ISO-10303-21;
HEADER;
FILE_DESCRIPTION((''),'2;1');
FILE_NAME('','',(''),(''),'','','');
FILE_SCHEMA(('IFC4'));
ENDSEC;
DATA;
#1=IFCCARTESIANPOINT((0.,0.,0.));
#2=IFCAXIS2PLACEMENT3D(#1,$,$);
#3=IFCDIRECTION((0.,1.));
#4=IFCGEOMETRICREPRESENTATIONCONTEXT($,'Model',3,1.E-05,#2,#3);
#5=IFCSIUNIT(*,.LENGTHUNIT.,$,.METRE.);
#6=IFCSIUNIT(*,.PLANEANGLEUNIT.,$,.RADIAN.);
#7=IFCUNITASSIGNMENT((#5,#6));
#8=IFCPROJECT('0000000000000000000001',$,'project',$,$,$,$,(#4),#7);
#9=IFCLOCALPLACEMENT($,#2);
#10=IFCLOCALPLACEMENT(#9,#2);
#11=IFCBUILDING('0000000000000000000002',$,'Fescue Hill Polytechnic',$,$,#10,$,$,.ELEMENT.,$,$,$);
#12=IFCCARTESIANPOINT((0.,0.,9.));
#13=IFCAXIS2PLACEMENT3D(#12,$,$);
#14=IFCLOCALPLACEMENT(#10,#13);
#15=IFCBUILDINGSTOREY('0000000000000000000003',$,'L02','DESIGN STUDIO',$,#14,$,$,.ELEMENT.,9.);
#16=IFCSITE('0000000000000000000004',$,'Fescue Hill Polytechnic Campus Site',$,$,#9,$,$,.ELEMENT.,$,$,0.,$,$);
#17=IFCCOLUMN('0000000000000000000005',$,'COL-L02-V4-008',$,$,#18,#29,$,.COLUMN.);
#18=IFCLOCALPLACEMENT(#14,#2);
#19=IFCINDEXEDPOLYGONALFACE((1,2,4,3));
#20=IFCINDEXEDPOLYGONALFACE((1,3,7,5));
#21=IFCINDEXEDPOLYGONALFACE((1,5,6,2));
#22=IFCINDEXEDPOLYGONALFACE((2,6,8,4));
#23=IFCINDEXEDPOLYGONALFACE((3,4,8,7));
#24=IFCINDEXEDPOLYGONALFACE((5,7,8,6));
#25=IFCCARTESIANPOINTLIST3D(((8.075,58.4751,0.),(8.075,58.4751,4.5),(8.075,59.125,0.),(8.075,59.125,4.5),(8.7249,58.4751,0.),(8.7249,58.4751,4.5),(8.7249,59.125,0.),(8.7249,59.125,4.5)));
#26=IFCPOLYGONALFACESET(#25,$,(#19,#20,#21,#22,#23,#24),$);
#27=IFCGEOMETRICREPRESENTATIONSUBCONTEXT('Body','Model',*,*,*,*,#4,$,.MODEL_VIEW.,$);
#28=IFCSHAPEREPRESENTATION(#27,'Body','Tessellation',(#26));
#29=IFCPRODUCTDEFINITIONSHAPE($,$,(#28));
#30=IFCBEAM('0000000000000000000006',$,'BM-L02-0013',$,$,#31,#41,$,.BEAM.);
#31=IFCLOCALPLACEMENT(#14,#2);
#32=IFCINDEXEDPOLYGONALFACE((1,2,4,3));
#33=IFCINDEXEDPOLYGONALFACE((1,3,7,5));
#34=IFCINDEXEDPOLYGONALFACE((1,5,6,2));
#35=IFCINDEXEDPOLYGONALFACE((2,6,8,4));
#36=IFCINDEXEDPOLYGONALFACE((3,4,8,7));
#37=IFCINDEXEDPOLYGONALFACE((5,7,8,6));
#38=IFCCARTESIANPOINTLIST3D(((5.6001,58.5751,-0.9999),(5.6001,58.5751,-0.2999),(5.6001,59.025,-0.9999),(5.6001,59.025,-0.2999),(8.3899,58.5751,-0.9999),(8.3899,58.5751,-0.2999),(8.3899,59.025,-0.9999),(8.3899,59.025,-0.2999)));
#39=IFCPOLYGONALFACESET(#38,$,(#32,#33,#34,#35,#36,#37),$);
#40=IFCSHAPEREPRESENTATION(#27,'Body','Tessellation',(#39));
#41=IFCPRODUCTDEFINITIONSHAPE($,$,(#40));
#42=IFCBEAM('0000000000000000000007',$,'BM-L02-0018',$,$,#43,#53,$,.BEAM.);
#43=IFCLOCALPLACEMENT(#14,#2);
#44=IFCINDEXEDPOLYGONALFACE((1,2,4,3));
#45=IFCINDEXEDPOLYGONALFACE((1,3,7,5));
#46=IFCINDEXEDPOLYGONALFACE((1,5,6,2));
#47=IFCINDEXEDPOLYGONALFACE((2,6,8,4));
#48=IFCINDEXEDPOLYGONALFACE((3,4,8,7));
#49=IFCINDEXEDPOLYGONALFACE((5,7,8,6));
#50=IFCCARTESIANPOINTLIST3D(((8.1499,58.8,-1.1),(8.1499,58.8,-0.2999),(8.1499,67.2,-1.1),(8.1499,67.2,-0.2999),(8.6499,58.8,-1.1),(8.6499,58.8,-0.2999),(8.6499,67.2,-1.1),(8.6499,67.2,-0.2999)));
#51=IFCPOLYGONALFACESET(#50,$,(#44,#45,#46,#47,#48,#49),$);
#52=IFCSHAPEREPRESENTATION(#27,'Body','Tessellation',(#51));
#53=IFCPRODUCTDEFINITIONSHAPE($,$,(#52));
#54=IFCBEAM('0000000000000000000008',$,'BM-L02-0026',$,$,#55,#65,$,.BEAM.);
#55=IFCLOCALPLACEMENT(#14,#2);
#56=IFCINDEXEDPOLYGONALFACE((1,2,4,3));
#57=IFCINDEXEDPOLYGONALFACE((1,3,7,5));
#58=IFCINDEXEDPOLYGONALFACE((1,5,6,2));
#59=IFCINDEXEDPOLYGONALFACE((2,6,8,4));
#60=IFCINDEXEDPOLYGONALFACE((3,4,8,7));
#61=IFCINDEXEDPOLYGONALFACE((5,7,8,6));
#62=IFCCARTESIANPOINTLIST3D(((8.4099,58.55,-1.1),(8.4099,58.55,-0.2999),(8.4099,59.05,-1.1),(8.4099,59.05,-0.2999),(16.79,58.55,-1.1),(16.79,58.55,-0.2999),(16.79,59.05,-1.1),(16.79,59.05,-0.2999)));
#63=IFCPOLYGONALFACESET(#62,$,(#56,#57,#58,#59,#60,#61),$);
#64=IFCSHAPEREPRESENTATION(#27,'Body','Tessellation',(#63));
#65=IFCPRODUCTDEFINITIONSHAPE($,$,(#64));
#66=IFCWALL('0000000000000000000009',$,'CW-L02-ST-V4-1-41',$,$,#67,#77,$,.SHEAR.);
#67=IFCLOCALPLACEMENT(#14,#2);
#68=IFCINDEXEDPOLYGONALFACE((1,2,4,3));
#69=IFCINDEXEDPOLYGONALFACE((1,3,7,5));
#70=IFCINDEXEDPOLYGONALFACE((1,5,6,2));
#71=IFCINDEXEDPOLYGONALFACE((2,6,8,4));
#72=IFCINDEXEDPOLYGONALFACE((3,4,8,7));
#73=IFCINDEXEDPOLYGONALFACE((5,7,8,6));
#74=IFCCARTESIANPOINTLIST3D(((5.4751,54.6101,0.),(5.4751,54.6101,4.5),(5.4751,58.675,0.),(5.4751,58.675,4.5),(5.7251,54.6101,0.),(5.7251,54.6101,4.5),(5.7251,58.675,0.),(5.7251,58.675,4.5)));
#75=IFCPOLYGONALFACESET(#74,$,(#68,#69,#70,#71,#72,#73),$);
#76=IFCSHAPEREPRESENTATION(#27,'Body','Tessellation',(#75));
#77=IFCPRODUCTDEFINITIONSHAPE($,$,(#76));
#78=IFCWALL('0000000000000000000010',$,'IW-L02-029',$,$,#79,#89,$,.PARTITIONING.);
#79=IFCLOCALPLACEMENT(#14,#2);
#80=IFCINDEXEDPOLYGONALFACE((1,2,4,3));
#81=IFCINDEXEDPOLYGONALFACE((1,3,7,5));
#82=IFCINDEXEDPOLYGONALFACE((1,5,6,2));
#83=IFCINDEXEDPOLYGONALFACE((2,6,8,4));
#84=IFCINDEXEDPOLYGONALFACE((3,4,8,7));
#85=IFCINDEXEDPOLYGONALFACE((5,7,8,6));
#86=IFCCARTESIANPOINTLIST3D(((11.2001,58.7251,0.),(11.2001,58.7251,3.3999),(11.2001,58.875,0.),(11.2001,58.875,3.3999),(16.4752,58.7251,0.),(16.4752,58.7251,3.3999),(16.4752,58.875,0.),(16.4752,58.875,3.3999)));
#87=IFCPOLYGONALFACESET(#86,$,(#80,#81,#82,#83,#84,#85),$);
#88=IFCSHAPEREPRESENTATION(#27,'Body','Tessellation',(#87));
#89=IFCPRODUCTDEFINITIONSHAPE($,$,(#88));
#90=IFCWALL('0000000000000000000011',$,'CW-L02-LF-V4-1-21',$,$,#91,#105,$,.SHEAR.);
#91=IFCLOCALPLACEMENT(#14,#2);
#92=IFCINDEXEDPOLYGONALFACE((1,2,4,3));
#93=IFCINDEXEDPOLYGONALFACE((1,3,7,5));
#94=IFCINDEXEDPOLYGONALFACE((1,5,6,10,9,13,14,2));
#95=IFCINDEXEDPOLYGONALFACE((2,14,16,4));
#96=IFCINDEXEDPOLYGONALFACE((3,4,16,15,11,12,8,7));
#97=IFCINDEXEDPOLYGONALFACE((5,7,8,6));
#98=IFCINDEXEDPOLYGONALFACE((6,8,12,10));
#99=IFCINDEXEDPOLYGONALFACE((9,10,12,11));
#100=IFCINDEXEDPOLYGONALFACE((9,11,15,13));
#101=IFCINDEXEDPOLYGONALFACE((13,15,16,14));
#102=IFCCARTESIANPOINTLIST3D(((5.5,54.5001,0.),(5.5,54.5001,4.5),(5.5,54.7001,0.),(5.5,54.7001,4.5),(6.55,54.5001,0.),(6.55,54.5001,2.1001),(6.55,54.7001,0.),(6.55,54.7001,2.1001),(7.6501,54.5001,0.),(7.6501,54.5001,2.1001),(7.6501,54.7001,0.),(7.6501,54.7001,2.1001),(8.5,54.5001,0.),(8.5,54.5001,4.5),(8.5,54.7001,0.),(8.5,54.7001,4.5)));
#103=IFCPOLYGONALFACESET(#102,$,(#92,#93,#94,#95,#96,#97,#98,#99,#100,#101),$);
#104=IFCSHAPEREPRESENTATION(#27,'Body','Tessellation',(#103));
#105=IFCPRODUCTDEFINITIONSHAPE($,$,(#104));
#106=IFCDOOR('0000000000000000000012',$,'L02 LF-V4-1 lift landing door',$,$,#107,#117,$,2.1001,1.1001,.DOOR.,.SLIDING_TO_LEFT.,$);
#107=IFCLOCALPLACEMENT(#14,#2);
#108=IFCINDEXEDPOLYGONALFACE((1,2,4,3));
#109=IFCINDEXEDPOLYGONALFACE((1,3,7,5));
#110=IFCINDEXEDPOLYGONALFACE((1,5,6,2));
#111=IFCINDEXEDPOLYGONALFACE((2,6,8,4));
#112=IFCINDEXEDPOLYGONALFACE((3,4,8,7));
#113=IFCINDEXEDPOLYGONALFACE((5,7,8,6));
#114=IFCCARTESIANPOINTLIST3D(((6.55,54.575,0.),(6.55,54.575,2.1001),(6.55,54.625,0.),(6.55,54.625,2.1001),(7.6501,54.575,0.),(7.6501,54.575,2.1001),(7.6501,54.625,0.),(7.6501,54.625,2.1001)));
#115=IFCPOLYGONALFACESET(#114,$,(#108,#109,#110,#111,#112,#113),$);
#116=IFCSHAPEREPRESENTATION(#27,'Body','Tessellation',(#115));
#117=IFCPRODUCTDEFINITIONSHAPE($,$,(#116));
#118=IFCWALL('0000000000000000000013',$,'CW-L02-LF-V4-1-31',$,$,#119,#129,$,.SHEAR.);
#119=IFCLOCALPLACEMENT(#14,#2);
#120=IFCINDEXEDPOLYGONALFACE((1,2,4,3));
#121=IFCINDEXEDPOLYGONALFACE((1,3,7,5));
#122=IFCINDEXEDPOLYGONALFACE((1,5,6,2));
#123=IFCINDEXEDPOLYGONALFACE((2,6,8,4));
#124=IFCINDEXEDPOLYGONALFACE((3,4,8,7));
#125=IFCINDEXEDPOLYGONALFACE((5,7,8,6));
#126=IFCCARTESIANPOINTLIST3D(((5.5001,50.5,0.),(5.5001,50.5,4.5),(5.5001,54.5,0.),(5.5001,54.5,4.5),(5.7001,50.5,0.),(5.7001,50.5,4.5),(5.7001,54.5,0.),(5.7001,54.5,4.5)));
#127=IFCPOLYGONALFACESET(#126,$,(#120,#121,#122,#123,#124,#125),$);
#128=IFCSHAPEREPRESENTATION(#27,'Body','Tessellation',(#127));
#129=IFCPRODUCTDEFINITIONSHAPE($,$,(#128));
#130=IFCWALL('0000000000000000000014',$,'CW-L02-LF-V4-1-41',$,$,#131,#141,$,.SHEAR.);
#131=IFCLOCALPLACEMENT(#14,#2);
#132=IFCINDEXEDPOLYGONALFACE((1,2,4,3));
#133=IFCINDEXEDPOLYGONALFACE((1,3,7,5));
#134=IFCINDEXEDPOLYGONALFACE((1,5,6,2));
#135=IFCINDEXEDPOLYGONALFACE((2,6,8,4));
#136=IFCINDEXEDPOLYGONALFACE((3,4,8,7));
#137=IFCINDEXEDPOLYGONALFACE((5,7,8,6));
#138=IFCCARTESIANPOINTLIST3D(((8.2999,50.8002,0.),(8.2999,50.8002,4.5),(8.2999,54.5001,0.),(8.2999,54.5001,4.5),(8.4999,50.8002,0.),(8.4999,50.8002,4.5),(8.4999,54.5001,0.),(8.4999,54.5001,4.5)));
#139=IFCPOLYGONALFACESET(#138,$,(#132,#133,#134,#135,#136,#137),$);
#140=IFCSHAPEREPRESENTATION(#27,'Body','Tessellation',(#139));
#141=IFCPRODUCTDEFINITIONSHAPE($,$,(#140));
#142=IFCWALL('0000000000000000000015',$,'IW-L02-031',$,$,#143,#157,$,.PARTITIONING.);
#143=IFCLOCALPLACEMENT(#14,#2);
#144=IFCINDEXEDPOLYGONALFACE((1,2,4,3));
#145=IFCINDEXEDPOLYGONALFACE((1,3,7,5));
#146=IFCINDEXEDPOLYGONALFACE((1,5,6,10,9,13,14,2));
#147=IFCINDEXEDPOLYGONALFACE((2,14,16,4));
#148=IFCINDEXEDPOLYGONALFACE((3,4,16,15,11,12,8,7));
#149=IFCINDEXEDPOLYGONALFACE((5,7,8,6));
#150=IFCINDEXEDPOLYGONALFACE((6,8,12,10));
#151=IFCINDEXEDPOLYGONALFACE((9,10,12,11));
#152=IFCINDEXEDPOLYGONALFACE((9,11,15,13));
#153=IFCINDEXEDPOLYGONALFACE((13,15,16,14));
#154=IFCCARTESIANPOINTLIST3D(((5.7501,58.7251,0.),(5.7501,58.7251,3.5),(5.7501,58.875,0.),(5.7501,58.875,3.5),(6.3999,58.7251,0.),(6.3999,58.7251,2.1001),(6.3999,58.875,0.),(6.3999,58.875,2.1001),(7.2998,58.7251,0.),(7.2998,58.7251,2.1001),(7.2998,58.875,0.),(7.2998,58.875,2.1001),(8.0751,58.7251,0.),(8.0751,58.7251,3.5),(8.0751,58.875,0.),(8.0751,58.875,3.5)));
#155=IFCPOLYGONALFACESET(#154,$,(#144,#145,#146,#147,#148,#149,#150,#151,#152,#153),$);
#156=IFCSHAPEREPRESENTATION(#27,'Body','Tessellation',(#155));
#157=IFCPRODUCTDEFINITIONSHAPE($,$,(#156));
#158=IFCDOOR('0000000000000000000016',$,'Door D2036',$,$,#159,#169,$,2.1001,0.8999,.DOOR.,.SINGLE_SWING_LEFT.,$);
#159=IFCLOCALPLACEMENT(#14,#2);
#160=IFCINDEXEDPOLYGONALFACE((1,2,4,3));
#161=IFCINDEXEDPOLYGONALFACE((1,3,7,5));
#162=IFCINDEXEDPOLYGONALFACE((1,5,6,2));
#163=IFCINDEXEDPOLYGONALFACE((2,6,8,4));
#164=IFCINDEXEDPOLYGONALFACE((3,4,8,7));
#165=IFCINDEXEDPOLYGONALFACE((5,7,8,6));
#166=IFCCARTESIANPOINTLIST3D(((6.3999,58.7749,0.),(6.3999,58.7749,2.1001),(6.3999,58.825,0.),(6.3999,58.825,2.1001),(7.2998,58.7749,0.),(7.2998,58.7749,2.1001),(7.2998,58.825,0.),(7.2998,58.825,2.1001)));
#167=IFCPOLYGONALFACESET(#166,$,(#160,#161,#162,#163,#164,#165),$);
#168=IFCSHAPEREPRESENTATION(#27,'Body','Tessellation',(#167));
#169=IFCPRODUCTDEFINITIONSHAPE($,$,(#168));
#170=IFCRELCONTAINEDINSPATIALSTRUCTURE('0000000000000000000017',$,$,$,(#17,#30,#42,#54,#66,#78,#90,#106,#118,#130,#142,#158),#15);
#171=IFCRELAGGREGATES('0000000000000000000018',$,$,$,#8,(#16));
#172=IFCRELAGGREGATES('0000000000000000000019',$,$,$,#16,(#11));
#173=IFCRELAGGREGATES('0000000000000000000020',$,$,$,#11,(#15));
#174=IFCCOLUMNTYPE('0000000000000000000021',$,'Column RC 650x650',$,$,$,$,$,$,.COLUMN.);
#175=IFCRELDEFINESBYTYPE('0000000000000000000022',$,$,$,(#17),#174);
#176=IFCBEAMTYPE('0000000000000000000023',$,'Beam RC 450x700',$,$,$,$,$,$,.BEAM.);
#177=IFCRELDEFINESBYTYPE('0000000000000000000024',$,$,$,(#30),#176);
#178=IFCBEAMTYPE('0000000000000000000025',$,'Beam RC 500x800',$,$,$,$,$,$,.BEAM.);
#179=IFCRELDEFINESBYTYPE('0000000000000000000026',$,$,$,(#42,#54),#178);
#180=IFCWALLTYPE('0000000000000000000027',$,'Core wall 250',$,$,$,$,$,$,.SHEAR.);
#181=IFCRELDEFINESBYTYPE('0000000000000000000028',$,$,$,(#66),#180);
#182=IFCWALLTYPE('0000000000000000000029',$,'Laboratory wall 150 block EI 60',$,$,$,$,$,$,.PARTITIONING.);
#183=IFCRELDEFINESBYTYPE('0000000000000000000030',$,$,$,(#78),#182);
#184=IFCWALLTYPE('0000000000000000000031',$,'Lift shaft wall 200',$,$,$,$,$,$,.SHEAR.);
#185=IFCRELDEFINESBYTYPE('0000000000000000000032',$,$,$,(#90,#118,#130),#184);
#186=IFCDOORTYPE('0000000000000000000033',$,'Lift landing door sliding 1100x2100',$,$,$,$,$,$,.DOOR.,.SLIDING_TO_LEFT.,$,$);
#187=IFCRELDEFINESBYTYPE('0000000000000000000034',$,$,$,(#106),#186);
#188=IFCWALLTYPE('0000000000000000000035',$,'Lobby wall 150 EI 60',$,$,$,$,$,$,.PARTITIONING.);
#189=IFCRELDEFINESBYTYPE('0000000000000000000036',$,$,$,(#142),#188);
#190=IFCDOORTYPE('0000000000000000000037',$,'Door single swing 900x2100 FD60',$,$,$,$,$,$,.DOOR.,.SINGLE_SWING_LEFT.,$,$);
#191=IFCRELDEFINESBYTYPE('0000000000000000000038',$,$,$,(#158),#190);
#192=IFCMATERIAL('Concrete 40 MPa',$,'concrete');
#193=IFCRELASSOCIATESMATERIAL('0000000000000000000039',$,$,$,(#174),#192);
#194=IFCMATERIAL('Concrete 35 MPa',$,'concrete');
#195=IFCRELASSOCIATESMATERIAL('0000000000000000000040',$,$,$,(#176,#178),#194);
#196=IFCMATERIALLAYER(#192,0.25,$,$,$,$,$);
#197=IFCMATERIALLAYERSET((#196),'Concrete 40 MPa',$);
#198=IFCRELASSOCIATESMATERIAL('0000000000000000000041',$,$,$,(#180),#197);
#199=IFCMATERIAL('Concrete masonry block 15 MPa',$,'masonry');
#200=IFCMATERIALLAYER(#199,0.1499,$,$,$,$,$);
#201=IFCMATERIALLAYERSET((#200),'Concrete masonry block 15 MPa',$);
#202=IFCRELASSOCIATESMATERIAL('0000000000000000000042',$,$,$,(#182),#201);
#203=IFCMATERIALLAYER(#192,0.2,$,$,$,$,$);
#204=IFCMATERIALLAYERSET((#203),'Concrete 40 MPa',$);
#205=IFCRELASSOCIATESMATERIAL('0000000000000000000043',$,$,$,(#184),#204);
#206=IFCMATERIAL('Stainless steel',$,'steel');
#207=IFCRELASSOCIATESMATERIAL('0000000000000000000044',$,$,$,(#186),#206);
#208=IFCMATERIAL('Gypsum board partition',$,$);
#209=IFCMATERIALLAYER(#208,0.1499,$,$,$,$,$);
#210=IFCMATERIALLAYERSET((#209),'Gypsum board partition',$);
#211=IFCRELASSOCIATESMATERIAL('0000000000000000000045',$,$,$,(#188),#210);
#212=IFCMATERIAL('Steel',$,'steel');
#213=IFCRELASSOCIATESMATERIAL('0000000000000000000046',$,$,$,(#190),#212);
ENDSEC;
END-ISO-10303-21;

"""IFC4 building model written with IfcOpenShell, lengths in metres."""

from ifc_helpers import new_model, si_unit, direction, frame, frame_2d, origin, origin_2d, place, context, subcontext, project, spatial, rectangle, extrude, material, layer, layer_set, material_profile, profile_set, type_object, element, fill, save


model = new_model("IFC4")

# Units and contexts
model_context = context("Model", 3, precision=1e-05, world=origin(), true_north=direction((0.0, 1.0)))
body_context = subcontext(model_context, "Body", "Model", "MODEL_VIEW")
ifc_project = project(units=[si_unit("LENGTHUNIT", "METRE"), si_unit("PLANEANGLEUNIT", "RADIAN")], contexts=[model_context])

# Site, building, storey
site_placement = place(None, origin())
site = spatial("IfcSite", under=ifc_project, at=site_placement, Name="Fescue Hill Polytechnic Campus Site", CompositionType="ELEMENT", RefElevation=0.0)
building_placement = place(site_placement, origin())
building = spatial("IfcBuilding", under=site, at=building_placement, Name="Fescue Hill Polytechnic", CompositionType="ELEMENT")
storey_placement = place(building_placement, frame((0.0, 0.0, 9.0)))
storey = spatial("IfcBuildingStorey", under=building, at=storey_placement, Name="L02", Description="DESIGN STUDIO", CompositionType="ELEMENT", Elevation=9.0)

# Column
ifc_material_1 = material(Name="Concrete 40 MPa", Category="concrete")
ifc_material_profile_1 = material_profile(ifc_material_1, rectangle(XDim=0.6499, YDim=0.6499, at=origin_2d()), Name="RC 650x650")
ifc_profile_set_1 = profile_set([ifc_material_profile_1], Name="Concrete 40 MPa")
column_type = type_object("IfcColumnType", Name="Column RC 650x650", PredefinedType="COLUMN", material=ifc_profile_set_1)
column_placement = place(storey_placement, frame((8.3999, 58.8, 0.0), z_axis=(0.0, 0.0, 1.0), x_axis=(1.0, 0.0, 0.0)))
element("IfcColumn", 1, at=column_placement, inside=storey, type_object=column_type, Name="COL-L02-V4-008", PredefinedType="COLUMN", context=body_context, shape_type="SweptSolid", body=[
    extrude(rectangle(XDim=0.6499, YDim=0.6499, at=origin_2d()), origin(), (0.0, 0.0, 1.0), 4.5),
])

# Beams
ifc_material_2 = material(Name="Concrete 35 MPa", Category="concrete")
ifc_material_profile_2 = material_profile(ifc_material_2, rectangle(XDim=0.45, YDim=0.7, at=origin_2d()), Name="RC 450x700")
ifc_profile_set_2 = profile_set([ifc_material_profile_2], Name="Concrete 35 MPa")
beam_type_1 = type_object("IfcBeamType", Name="Beam RC 450x700", PredefinedType="BEAM", material=ifc_profile_set_2)
beam_1_placement = place(storey_placement, frame((5.6001, 58.8, -0.6499), z_axis=(1.0, 0.0, 0.0), x_axis=(0.0, 1.0, 0.0)))
element("IfcBeam", 2, at=beam_1_placement, inside=storey, type_object=beam_type_1, Name="BM-L02-0013", PredefinedType="BEAM", context=body_context, shape_type="SweptSolid", body=[
    extrude(rectangle(XDim=0.45, YDim=0.7, at=origin_2d()), origin(), (0.0, 0.0, 1.0), 2.7898),
])
ifc_material_profile_3 = material_profile(ifc_material_2, rectangle(XDim=0.5, YDim=0.8, at=origin_2d()), Name="RC 500x800")
ifc_profile_set_3 = profile_set([ifc_material_profile_3], Name="Concrete 35 MPa")
beam_type_2 = type_object("IfcBeamType", Name="Beam RC 500x800", PredefinedType="BEAM", material=ifc_profile_set_3)
beam_2_placement = place(storey_placement, frame((8.3999, 58.8, -0.7), z_axis=(0.0, 1.0, 0.0), x_axis=(-1.0, 0.0, 0.0)))
element("IfcBeam", 3, at=beam_2_placement, inside=storey, type_object=beam_type_2, Name="BM-L02-0018", PredefinedType="BEAM", context=body_context, shape_type="SweptSolid", body=[
    extrude(rectangle(XDim=0.5, YDim=0.8, at=origin_2d()), origin(), (0.0, 0.0, 1.0), 8.3999),
])
beam_3_placement = place(storey_placement, frame((8.4099, 58.8, -0.7), z_axis=(1.0, 0.0, 0.0), x_axis=(0.0, 1.0, 0.0)))
element("IfcBeam", 4, at=beam_3_placement, inside=storey, type_object=beam_type_2, Name="BM-L02-0026", PredefinedType="BEAM", context=body_context, shape_type="SweptSolid", body=[
    extrude(rectangle(XDim=0.5, YDim=0.8, at=origin_2d()), origin(), (0.0, 0.0, 1.0), 8.3801),
])

# Walls
ifc_layer_1 = layer(ifc_material_1, 0.25)
ifc_layer_set_1 = layer_set([ifc_layer_1], Name="Concrete 40 MPa")
wall_type_1 = type_object("IfcWallType", Name="Core wall 250", PredefinedType="SHEAR", material=ifc_layer_set_1)
wall_1_placement = place(storey_placement, frame((5.6001, 54.6101, 0.0), z_axis=(0.0, 0.0, 1.0), x_axis=(0.0, 1.0, 0.0)))
element("IfcWall", 5, at=wall_1_placement, inside=storey, type_object=wall_type_1, Name="CW-L02-ST-V4-1-41", PredefinedType="SHEAR", context=body_context, shape_type="SweptSolid", body=[
    extrude(rectangle(XDim=4.0649, YDim=0.25, at=frame_2d((2.0325, 0.0))), origin(), (0.0, 0.0, 1.0), 4.5),
])
ifc_material_3 = material(Name="Concrete masonry block 15 MPa", Category="masonry")
ifc_layer_2 = layer(ifc_material_3, 0.1499)
ifc_layer_set_2 = layer_set([ifc_layer_2], Name="Concrete masonry block 15 MPa")
wall_type_2 = type_object("IfcWallType", Name="Laboratory wall 150 block EI 60", PredefinedType="PARTITIONING", material=ifc_layer_set_2)
wall_2_placement = place(storey_placement, frame((11.2, 58.8, 0.0), z_axis=(0.0, 0.0, 1.0), x_axis=(1.0, 0.0, 0.0)))
element("IfcWall", 6, at=wall_2_placement, inside=storey, type_object=wall_type_2, Name="IW-L02-029", PredefinedType="PARTITIONING", context=body_context, shape_type="SweptSolid", body=[
    extrude(rectangle(XDim=5.2751, YDim=0.1499, at=frame_2d((2.6377, 0.0))), origin(), (0.0, 0.0, 1.0), 3.3999),
])

# Wall, opening, door
ifc_layer_3 = layer(ifc_material_1, 0.2)
ifc_layer_set_3 = layer_set([ifc_layer_3], Name="Concrete 40 MPa")
wall_type_3 = type_object("IfcWallType", Name="Lift shaft wall 200", PredefinedType="SHEAR", material=ifc_layer_set_3)
wall_3_placement = place(storey_placement, frame((5.5, 54.6001, 0.0), z_axis=(0.0, 0.0, 1.0), x_axis=(1.0, 0.0, 0.0)))
wall_3 = element("IfcWall", 7, at=wall_3_placement, inside=storey, type_object=wall_type_3, Name="CW-L02-LF-V4-1-21", PredefinedType="SHEAR", context=body_context, shape_type="SweptSolid", body=[
    extrude(rectangle(XDim=3.0, YDim=0.2, at=frame_2d((1.5, 0.0))), origin(), (0.0, 0.0, 1.0), 4.5),
])
opening_1_placement = place(wall_3_placement, frame((1.05, 0.0, 0.0)))
opening_1 = element("IfcOpeningElement", 8, at=opening_1_placement, cuts=wall_3, PredefinedType="OPENING", context=body_context, shape_type="SweptSolid", body=[
    extrude(rectangle(XDim=1.1001, YDim=2.1001, at=frame_2d((0.55, 1.05))), frame((0.0, 0.1099, 0.0), z_axis=(0.0, -1.0, 0.0), x_axis=(1.0, 0.0, 0.0)), (0.0, 0.0, 1.0), 0.22),
])
ifc_material_4 = material(Name="Stainless steel", Category="steel")
door_type_1 = type_object("IfcDoorType", Name="Lift landing door sliding 1100x2100", OperationType="SLIDING_TO_LEFT", PredefinedType="DOOR", material=ifc_material_4)
door_1_placement = place(opening_1_placement, origin())
door_1 = element("IfcDoor", 9, at=door_1_placement, inside=storey, type_object=door_type_1, Name="L02 LF-V4-1 lift landing door", OperationType="SLIDING_TO_LEFT", OverallHeight=2.1001, OverallWidth=1.1001, PredefinedType="DOOR", context=body_context, shape_type="SweptSolid", body=[
    extrude(rectangle(XDim=1.1001, YDim=2.1001, at=frame_2d((0.55, 1.05))), frame((0.0, 0.0249, 0.0), z_axis=(0.0, -1.0, 0.0), x_axis=(1.0, 0.0, 0.0)), (0.0, 0.0, 1.0), 0.05),
])
fill(opening_1, door_1)

# Walls
wall_4_placement = place(storey_placement, frame((5.6001, 50.5, 0.0), z_axis=(0.0, 0.0, 1.0), x_axis=(0.0, 1.0, 0.0)))
element("IfcWall", 10, at=wall_4_placement, inside=storey, type_object=wall_type_3, Name="CW-L02-LF-V4-1-31", PredefinedType="SHEAR", context=body_context, shape_type="SweptSolid", body=[
    extrude(rectangle(XDim=4.0, YDim=0.2, at=frame_2d((2.0, 0.0))), origin(), (0.0, 0.0, 1.0), 4.5),
])
wall_5_placement = place(storey_placement, frame((8.3999, 50.8, 0.0), z_axis=(0.0, 0.0, 1.0), x_axis=(0.0, 1.0, 0.0)))
element("IfcWall", 11, at=wall_5_placement, inside=storey, type_object=wall_type_3, Name="CW-L02-LF-V4-1-41", PredefinedType="SHEAR", context=body_context, shape_type="SweptSolid", body=[
    extrude(rectangle(XDim=3.7, YDim=0.2, at=frame_2d((1.8501, 0.0))), origin(), (0.0, 0.0, 1.0), 4.5),
])

# Wall, opening, door
ifc_material_5 = material(Name="Gypsum board partition")
ifc_layer_4 = layer(ifc_material_5, 0.1499)
ifc_layer_set_4 = layer_set([ifc_layer_4], Name="Gypsum board partition")
wall_type_4 = type_object("IfcWallType", Name="Lobby wall 150 EI 60", PredefinedType="PARTITIONING", material=ifc_layer_set_4)
wall_6_placement = place(storey_placement, frame((5.75, 58.8, 0.0), z_axis=(0.0, 0.0, 1.0), x_axis=(1.0, 0.0, 0.0)))
wall_6 = element("IfcWall", 12, at=wall_6_placement, inside=storey, type_object=wall_type_4, Name="IW-L02-031", PredefinedType="PARTITIONING", context=body_context, shape_type="SweptSolid", body=[
    extrude(rectangle(XDim=2.325, YDim=0.1499, at=frame_2d((1.1626, 0.0))), origin(), (0.0, 0.0, 1.0), 3.5),
])
opening_2_placement = place(wall_6_placement, frame((0.6499, 0.0, 0.0)))
opening_2 = element("IfcOpeningElement", 13, at=opening_2_placement, cuts=wall_6, PredefinedType="OPENING", context=body_context, shape_type="SweptSolid", body=[
    extrude(rectangle(XDim=0.8999, YDim=2.1001, at=frame_2d((0.45, 1.05))), frame((0.0, 0.085, 0.0), z_axis=(0.0, -1.0, 0.0), x_axis=(1.0, 0.0, 0.0)), (0.0, 0.0, 1.0), 0.1699),
])
ifc_material_6 = material(Name="Steel", Category="steel")
door_type_2 = type_object("IfcDoorType", Name="Door single swing 900x2100 FD60", OperationType="SINGLE_SWING_LEFT", PredefinedType="DOOR", material=ifc_material_6)
door_2_placement = place(opening_2_placement, origin())
door_2 = element("IfcDoor", 14, at=door_2_placement, inside=storey, type_object=door_type_2, Name="Door D2036", OperationType="SINGLE_SWING_LEFT", OverallHeight=2.1001, OverallWidth=0.8999, PredefinedType="DOOR", context=body_context, shape_type="SweptSolid", body=[
    extrude(rectangle(XDim=0.8999, YDim=2.1001, at=frame_2d((0.45, 1.05))), frame((0.0, 0.0249, 0.0), z_axis=(0.0, -1.0, 0.0), x_axis=(1.0, 0.0, 0.0)), (0.0, 0.0, 1.0), 0.05),
])
fill(opening_2, door_2)

save(model, "model.ifc")
